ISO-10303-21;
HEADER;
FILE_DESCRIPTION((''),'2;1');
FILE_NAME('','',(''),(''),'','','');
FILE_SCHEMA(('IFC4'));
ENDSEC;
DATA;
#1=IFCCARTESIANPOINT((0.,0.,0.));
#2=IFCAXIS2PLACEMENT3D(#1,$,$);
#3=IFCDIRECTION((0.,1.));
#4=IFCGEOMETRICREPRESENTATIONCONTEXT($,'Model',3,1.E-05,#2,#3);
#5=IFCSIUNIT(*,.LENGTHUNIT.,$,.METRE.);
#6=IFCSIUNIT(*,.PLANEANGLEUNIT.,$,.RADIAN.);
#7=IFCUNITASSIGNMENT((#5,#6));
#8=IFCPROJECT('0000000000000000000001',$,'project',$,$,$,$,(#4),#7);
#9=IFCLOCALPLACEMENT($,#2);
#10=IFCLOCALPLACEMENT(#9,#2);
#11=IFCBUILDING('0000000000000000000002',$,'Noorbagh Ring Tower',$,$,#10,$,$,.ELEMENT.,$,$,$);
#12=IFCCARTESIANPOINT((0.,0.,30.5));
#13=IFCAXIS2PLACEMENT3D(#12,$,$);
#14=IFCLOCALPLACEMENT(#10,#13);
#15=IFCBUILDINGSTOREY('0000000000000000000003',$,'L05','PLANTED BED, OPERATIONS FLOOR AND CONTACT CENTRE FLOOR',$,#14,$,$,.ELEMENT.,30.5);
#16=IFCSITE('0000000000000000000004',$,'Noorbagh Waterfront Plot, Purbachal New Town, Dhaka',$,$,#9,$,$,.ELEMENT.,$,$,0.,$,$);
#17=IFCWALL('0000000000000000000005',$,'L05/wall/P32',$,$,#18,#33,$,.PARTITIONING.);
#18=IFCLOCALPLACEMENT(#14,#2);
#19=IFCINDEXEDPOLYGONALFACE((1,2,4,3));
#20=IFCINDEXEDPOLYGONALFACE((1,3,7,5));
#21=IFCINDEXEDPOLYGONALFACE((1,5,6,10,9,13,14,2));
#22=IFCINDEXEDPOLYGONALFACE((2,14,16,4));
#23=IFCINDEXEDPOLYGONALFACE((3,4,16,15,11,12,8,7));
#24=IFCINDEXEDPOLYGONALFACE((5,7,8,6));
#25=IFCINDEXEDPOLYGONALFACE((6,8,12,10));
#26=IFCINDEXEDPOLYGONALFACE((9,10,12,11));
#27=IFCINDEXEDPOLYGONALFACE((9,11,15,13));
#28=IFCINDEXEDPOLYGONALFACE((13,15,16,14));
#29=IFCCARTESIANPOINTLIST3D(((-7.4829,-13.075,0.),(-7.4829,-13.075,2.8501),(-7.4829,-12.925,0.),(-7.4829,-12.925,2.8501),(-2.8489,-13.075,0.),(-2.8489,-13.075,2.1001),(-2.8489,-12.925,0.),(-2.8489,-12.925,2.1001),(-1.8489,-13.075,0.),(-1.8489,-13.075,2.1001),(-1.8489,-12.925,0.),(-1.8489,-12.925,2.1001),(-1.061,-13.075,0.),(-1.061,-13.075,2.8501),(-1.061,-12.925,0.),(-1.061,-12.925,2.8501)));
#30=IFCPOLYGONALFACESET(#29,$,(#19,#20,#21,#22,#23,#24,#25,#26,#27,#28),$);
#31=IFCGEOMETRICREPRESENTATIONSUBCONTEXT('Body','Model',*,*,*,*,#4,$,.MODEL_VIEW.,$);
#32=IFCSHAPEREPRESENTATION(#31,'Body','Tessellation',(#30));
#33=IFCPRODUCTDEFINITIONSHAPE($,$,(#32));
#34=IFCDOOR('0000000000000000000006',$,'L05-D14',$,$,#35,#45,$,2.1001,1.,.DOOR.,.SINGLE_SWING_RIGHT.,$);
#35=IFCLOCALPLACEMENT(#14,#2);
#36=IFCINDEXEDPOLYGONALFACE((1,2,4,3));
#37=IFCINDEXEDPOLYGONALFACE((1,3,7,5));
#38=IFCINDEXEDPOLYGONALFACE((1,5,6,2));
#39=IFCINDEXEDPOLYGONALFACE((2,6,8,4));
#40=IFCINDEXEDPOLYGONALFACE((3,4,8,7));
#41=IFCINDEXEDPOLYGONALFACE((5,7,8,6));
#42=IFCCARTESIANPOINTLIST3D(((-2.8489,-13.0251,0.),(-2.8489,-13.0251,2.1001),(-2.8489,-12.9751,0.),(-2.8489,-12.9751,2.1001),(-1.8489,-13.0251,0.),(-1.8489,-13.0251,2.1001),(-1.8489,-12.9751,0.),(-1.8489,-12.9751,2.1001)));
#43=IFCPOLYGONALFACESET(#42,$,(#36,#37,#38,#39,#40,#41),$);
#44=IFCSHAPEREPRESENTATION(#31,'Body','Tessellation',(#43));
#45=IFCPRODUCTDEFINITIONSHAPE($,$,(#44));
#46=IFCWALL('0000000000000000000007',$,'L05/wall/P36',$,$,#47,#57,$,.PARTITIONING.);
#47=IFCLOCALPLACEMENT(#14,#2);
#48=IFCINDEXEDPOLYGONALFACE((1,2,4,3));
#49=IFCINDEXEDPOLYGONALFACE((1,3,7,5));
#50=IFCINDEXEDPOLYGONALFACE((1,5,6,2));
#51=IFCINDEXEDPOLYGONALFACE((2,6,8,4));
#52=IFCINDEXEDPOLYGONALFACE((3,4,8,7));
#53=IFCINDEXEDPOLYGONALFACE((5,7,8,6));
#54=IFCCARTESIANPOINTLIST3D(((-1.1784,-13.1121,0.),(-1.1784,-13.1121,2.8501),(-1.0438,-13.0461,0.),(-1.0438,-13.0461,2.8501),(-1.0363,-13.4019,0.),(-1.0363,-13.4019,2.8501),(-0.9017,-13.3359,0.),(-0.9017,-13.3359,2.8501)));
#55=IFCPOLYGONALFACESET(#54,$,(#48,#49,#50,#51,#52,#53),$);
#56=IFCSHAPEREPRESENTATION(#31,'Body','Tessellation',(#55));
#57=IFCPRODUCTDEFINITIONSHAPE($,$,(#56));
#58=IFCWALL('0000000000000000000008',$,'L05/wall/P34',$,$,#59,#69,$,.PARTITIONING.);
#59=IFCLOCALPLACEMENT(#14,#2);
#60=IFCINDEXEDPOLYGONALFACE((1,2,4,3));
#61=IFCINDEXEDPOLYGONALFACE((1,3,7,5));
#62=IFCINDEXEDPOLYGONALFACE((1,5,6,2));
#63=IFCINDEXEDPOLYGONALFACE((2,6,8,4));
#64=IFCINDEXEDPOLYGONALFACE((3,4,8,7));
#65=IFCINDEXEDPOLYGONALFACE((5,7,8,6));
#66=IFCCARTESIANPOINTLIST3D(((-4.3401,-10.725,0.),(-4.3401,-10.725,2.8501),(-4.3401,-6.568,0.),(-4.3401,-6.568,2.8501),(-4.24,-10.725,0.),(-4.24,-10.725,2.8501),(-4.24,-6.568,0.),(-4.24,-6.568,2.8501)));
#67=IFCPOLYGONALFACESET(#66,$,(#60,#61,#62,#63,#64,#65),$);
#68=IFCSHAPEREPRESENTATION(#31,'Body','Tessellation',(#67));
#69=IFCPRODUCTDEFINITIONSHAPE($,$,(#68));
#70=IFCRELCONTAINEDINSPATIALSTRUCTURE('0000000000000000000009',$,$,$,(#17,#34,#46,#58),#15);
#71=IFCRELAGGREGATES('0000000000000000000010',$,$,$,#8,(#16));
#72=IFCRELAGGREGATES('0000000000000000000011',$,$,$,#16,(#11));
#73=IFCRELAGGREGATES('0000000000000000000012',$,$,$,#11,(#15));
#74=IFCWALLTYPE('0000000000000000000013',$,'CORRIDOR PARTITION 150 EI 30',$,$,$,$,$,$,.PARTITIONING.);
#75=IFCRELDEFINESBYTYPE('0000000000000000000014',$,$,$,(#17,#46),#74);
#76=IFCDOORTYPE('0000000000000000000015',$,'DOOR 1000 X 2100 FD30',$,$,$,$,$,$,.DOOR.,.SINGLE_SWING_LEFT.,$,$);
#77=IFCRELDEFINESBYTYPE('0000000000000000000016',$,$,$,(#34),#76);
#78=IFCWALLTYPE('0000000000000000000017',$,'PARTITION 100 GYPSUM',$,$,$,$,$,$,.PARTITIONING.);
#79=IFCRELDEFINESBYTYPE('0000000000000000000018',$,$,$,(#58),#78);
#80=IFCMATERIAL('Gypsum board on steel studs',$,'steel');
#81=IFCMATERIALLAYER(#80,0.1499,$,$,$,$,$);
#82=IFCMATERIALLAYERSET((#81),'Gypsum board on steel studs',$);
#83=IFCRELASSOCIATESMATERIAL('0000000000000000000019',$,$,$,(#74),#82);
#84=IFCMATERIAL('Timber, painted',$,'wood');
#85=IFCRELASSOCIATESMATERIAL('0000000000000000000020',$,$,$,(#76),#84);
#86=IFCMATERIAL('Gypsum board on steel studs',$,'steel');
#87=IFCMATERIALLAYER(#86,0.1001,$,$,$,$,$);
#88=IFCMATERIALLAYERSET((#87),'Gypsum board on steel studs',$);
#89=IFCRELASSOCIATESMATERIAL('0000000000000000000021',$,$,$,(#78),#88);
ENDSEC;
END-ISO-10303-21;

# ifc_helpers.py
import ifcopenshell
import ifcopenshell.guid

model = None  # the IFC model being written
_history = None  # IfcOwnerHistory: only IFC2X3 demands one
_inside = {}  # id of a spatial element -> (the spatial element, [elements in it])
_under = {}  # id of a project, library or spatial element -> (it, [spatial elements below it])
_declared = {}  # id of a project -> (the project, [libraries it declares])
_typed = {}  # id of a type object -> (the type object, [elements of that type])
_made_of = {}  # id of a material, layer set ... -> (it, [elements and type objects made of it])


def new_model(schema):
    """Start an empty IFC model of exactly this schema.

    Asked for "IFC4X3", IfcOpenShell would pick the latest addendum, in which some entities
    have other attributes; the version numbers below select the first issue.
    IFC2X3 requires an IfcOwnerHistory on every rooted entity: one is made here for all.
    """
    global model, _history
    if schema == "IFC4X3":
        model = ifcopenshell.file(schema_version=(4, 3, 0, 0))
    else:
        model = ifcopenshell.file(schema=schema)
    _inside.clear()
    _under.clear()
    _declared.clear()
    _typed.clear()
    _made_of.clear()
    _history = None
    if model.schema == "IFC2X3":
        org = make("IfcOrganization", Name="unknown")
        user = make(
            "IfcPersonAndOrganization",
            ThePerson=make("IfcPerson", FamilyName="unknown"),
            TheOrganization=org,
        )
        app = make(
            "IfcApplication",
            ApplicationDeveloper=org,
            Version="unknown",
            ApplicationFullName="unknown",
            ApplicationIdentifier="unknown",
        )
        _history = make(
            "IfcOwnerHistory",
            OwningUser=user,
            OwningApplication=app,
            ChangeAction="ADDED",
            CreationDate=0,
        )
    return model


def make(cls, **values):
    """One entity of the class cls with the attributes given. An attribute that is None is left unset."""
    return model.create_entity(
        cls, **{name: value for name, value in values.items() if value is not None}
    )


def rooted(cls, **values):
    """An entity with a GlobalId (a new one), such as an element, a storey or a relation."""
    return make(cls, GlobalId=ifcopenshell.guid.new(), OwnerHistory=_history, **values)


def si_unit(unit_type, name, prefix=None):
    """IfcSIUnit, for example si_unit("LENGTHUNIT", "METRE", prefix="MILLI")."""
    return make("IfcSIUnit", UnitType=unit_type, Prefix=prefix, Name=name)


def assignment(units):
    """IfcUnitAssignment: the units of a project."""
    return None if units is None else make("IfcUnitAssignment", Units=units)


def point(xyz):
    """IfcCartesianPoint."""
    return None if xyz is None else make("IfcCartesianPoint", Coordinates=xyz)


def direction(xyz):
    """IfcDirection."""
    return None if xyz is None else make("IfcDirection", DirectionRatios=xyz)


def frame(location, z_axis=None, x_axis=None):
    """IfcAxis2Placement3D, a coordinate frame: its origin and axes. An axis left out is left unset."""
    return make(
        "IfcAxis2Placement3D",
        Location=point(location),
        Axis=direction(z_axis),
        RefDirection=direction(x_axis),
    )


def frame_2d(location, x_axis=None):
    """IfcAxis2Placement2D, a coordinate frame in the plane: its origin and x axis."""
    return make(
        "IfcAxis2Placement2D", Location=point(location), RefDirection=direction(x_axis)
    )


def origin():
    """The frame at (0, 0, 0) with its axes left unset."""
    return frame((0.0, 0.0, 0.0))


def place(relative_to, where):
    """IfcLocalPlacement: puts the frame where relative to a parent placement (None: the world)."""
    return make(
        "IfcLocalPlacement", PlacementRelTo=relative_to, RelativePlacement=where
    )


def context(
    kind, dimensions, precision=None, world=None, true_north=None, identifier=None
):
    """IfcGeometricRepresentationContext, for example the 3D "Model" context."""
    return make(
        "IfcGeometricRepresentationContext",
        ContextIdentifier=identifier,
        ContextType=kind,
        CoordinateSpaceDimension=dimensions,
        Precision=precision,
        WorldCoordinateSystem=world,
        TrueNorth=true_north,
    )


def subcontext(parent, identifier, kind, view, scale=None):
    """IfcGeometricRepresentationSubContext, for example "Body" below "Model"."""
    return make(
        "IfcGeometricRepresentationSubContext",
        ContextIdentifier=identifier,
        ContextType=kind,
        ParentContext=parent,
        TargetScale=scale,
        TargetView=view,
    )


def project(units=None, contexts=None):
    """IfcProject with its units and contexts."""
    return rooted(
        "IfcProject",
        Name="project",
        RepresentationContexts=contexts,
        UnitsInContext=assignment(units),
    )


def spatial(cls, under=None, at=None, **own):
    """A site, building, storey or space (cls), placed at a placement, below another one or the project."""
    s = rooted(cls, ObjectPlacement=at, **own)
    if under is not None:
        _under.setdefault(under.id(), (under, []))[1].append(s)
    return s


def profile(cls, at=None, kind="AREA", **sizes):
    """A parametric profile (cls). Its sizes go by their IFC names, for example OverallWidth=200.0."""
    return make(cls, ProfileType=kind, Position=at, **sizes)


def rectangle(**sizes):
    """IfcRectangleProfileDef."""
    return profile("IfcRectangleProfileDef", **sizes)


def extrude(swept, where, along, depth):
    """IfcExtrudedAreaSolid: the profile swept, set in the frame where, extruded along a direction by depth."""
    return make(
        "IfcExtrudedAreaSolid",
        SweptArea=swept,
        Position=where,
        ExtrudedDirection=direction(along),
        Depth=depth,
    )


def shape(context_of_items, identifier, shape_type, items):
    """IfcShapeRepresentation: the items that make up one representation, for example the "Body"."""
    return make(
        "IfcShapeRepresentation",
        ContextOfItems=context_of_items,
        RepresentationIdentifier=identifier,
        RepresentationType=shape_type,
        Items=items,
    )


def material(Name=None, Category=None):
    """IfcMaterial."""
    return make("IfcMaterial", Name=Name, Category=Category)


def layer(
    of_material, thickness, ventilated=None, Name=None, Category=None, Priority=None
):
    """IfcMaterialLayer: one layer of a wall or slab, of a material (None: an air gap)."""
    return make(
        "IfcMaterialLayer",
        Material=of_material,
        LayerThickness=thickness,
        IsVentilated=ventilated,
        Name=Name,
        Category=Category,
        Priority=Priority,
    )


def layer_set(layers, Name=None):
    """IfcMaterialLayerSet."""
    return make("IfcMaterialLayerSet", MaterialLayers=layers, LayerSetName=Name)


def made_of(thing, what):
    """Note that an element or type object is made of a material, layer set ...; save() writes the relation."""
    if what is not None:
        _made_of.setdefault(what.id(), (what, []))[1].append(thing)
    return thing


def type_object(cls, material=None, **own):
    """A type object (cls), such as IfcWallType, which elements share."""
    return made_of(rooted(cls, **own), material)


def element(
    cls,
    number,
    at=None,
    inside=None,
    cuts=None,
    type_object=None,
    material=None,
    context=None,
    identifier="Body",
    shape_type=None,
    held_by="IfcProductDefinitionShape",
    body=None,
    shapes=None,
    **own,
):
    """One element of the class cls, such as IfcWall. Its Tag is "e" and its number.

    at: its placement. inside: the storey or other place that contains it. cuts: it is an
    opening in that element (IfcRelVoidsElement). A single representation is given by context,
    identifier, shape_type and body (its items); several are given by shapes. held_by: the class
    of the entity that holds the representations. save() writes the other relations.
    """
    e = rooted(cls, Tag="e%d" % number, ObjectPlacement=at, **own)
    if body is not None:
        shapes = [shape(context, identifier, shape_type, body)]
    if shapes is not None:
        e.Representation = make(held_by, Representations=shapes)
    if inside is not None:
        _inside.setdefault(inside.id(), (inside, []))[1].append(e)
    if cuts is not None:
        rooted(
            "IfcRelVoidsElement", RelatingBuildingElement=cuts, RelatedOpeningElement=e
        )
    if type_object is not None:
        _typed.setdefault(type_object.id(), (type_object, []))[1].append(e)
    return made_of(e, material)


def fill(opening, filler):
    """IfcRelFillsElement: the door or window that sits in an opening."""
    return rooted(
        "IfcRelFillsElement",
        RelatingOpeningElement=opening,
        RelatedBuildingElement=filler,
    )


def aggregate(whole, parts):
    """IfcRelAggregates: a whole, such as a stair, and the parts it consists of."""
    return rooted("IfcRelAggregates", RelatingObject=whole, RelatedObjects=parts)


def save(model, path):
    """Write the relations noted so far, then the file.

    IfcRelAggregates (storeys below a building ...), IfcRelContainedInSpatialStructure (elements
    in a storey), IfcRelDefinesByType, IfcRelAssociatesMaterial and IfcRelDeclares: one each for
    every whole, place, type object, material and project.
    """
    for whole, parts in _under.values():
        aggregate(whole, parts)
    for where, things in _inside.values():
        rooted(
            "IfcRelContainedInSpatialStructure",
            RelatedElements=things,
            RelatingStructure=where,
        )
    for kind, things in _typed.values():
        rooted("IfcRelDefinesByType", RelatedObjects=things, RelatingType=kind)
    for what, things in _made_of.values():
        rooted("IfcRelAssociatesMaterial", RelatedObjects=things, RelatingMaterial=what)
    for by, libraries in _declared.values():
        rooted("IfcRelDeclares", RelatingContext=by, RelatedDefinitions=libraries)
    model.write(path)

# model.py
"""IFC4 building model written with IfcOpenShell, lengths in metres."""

from ifc_helpers import new_model, si_unit, direction, frame, frame_2d, origin, place, context, subcontext, project, spatial, rectangle, extrude, material, layer, layer_set, type_object, element, fill, save


model = new_model("IFC4")

# Units and contexts
model_context = context("Model", 3, precision=1e-05, world=origin(), true_north=direction((0.0, 1.0)))
body_context = subcontext(model_context, "Body", "Model", "MODEL_VIEW")
ifc_project = project(units=[si_unit("LENGTHUNIT", "METRE"), si_unit("PLANEANGLEUNIT", "RADIAN")], contexts=[model_context])

# Site, building, storey
site_placement = place(None, origin())
site = spatial("IfcSite", under=ifc_project, at=site_placement, Name="Noorbagh Waterfront Plot, Purbachal New Town, Dhaka", CompositionType="ELEMENT", RefElevation=0.0)
building_placement = place(site_placement, origin())
building = spatial("IfcBuilding", under=site, at=building_placement, Name="Noorbagh Ring Tower", CompositionType="ELEMENT")
storey_placement = place(building_placement, frame((0.0, 0.0, 30.5)))
storey = spatial("IfcBuildingStorey", under=building, at=storey_placement, Name="L05", Description="PLANTED BED, OPERATIONS FLOOR AND CONTACT CENTRE FLOOR", CompositionType="ELEMENT", Elevation=30.5)

# Shared definitions
ifc_material_1 = material(Name="Gypsum board on steel studs", Category="steel")
ifc_layer_1 = layer(ifc_material_1, 0.1499)
ifc_layer_set_1 = layer_set([ifc_layer_1], Name="Gypsum board on steel studs")
wall_type_1 = type_object("IfcWallType", Name="CORRIDOR PARTITION 150 EI 30", PredefinedType="PARTITIONING", material=ifc_layer_set_1)

# Wall, opening, door
ifc_material_2 = material(Name="Timber, painted", Category="wood")
door_type_1 = type_object("IfcDoorType", Name="DOOR 1000 X 2100 FD30", OperationType="SINGLE_SWING_LEFT", PredefinedType="DOOR", material=ifc_material_2)
wall_1_placement = place(storey_placement, frame((-7.4829, -13.0, 0.0), z_axis=(0.0, 0.0, 1.0), x_axis=(1.0, 0.0, 0.0)))
wall_1 = element("IfcWall", 1, at=wall_1_placement, inside=storey, type_object=wall_type_1, Name="L05/wall/P32", PredefinedType="PARTITIONING", context=body_context, shape_type="SweptSolid", body=[
    extrude(rectangle(XDim=6.4219, YDim=0.1499, at=frame_2d((3.2109, 0.0))), origin(), (0.0, 0.0, 1.0), 2.8501),
])
opening_1_placement = place(wall_1_placement, frame((4.634, 0.0, 0.0)))
opening_1 = element("IfcOpeningElement", 2, at=opening_1_placement, cuts=wall_1, PredefinedType="OPENING", context=body_context, shape_type="SweptSolid", body=[
    extrude(rectangle(XDim=1.0, YDim=2.1001, at=frame_2d((0.5, 1.05))), frame((0.0, 0.085, 0.0), z_axis=(0.0, -1.0, 0.0), x_axis=(1.0, 0.0, 0.0)), (0.0, 0.0, 1.0), 0.1699),
])
door_1_placement = place(opening_1_placement, origin())
door_1 = element("IfcDoor", 3, at=door_1_placement, inside=storey, type_object=door_type_1, Name="L05-D14", OperationType="SINGLE_SWING_RIGHT", OverallHeight=2.1001, OverallWidth=1.0, PredefinedType="DOOR", context=body_context, shape_type="SweptSolid", body=[
    extrude(rectangle(XDim=1.0, YDim=2.1001, at=frame_2d((0.5, 1.05))), frame((0.0, 0.0249, 0.0), z_axis=(0.0, -1.0, 0.0), x_axis=(1.0, 0.0, 0.0)), (0.0, 0.0, 1.0), 0.05),
])
fill(opening_1, door_1)

# Walls
wall_2_placement = place(storey_placement, frame((-1.1111, -13.0791, 0.0), z_axis=(0.0, 0.0, 1.0), x_axis=(0.440241, -0.89788, 0.0)))
element("IfcWall", 4, at=wall_2_placement, inside=storey, type_object=wall_type_1, Name="L05/wall/P36", PredefinedType="PARTITIONING", context=body_context, shape_type="SweptSolid", body=[
    extrude(rectangle(XDim=0.3228, YDim=0.1499, at=frame_2d((0.1614, 0.0))), origin(), (0.0, 0.0, 1.0), 2.8501),
])
ifc_material_3 = material(Name="Gypsum board on steel studs", Category="steel")
ifc_layer_2 = layer(ifc_material_3, 0.1001)
ifc_layer_set_2 = layer_set([ifc_layer_2], Name="Gypsum board on steel studs")
wall_type_2 = type_object("IfcWallType", Name="PARTITION 100 GYPSUM", PredefinedType="PARTITIONING", material=ifc_layer_set_2)
wall_3_placement = place(storey_placement, frame((-4.29, -10.7251, 0.0), z_axis=(0.0, 0.0, 1.0), x_axis=(0.0, 1.0, 0.0)))
element("IfcWall", 5, at=wall_3_placement, inside=storey, type_object=wall_type_2, Name="L05/wall/P34", PredefinedType="PARTITIONING", context=body_context, shape_type="SweptSolid", body=[
    extrude(rectangle(XDim=4.157, YDim=0.1001, at=frame_2d((2.0786, 0.0))), origin(), (0.0, 0.0, 1.0), 2.8501),
])

save(model, "model.ifc")
